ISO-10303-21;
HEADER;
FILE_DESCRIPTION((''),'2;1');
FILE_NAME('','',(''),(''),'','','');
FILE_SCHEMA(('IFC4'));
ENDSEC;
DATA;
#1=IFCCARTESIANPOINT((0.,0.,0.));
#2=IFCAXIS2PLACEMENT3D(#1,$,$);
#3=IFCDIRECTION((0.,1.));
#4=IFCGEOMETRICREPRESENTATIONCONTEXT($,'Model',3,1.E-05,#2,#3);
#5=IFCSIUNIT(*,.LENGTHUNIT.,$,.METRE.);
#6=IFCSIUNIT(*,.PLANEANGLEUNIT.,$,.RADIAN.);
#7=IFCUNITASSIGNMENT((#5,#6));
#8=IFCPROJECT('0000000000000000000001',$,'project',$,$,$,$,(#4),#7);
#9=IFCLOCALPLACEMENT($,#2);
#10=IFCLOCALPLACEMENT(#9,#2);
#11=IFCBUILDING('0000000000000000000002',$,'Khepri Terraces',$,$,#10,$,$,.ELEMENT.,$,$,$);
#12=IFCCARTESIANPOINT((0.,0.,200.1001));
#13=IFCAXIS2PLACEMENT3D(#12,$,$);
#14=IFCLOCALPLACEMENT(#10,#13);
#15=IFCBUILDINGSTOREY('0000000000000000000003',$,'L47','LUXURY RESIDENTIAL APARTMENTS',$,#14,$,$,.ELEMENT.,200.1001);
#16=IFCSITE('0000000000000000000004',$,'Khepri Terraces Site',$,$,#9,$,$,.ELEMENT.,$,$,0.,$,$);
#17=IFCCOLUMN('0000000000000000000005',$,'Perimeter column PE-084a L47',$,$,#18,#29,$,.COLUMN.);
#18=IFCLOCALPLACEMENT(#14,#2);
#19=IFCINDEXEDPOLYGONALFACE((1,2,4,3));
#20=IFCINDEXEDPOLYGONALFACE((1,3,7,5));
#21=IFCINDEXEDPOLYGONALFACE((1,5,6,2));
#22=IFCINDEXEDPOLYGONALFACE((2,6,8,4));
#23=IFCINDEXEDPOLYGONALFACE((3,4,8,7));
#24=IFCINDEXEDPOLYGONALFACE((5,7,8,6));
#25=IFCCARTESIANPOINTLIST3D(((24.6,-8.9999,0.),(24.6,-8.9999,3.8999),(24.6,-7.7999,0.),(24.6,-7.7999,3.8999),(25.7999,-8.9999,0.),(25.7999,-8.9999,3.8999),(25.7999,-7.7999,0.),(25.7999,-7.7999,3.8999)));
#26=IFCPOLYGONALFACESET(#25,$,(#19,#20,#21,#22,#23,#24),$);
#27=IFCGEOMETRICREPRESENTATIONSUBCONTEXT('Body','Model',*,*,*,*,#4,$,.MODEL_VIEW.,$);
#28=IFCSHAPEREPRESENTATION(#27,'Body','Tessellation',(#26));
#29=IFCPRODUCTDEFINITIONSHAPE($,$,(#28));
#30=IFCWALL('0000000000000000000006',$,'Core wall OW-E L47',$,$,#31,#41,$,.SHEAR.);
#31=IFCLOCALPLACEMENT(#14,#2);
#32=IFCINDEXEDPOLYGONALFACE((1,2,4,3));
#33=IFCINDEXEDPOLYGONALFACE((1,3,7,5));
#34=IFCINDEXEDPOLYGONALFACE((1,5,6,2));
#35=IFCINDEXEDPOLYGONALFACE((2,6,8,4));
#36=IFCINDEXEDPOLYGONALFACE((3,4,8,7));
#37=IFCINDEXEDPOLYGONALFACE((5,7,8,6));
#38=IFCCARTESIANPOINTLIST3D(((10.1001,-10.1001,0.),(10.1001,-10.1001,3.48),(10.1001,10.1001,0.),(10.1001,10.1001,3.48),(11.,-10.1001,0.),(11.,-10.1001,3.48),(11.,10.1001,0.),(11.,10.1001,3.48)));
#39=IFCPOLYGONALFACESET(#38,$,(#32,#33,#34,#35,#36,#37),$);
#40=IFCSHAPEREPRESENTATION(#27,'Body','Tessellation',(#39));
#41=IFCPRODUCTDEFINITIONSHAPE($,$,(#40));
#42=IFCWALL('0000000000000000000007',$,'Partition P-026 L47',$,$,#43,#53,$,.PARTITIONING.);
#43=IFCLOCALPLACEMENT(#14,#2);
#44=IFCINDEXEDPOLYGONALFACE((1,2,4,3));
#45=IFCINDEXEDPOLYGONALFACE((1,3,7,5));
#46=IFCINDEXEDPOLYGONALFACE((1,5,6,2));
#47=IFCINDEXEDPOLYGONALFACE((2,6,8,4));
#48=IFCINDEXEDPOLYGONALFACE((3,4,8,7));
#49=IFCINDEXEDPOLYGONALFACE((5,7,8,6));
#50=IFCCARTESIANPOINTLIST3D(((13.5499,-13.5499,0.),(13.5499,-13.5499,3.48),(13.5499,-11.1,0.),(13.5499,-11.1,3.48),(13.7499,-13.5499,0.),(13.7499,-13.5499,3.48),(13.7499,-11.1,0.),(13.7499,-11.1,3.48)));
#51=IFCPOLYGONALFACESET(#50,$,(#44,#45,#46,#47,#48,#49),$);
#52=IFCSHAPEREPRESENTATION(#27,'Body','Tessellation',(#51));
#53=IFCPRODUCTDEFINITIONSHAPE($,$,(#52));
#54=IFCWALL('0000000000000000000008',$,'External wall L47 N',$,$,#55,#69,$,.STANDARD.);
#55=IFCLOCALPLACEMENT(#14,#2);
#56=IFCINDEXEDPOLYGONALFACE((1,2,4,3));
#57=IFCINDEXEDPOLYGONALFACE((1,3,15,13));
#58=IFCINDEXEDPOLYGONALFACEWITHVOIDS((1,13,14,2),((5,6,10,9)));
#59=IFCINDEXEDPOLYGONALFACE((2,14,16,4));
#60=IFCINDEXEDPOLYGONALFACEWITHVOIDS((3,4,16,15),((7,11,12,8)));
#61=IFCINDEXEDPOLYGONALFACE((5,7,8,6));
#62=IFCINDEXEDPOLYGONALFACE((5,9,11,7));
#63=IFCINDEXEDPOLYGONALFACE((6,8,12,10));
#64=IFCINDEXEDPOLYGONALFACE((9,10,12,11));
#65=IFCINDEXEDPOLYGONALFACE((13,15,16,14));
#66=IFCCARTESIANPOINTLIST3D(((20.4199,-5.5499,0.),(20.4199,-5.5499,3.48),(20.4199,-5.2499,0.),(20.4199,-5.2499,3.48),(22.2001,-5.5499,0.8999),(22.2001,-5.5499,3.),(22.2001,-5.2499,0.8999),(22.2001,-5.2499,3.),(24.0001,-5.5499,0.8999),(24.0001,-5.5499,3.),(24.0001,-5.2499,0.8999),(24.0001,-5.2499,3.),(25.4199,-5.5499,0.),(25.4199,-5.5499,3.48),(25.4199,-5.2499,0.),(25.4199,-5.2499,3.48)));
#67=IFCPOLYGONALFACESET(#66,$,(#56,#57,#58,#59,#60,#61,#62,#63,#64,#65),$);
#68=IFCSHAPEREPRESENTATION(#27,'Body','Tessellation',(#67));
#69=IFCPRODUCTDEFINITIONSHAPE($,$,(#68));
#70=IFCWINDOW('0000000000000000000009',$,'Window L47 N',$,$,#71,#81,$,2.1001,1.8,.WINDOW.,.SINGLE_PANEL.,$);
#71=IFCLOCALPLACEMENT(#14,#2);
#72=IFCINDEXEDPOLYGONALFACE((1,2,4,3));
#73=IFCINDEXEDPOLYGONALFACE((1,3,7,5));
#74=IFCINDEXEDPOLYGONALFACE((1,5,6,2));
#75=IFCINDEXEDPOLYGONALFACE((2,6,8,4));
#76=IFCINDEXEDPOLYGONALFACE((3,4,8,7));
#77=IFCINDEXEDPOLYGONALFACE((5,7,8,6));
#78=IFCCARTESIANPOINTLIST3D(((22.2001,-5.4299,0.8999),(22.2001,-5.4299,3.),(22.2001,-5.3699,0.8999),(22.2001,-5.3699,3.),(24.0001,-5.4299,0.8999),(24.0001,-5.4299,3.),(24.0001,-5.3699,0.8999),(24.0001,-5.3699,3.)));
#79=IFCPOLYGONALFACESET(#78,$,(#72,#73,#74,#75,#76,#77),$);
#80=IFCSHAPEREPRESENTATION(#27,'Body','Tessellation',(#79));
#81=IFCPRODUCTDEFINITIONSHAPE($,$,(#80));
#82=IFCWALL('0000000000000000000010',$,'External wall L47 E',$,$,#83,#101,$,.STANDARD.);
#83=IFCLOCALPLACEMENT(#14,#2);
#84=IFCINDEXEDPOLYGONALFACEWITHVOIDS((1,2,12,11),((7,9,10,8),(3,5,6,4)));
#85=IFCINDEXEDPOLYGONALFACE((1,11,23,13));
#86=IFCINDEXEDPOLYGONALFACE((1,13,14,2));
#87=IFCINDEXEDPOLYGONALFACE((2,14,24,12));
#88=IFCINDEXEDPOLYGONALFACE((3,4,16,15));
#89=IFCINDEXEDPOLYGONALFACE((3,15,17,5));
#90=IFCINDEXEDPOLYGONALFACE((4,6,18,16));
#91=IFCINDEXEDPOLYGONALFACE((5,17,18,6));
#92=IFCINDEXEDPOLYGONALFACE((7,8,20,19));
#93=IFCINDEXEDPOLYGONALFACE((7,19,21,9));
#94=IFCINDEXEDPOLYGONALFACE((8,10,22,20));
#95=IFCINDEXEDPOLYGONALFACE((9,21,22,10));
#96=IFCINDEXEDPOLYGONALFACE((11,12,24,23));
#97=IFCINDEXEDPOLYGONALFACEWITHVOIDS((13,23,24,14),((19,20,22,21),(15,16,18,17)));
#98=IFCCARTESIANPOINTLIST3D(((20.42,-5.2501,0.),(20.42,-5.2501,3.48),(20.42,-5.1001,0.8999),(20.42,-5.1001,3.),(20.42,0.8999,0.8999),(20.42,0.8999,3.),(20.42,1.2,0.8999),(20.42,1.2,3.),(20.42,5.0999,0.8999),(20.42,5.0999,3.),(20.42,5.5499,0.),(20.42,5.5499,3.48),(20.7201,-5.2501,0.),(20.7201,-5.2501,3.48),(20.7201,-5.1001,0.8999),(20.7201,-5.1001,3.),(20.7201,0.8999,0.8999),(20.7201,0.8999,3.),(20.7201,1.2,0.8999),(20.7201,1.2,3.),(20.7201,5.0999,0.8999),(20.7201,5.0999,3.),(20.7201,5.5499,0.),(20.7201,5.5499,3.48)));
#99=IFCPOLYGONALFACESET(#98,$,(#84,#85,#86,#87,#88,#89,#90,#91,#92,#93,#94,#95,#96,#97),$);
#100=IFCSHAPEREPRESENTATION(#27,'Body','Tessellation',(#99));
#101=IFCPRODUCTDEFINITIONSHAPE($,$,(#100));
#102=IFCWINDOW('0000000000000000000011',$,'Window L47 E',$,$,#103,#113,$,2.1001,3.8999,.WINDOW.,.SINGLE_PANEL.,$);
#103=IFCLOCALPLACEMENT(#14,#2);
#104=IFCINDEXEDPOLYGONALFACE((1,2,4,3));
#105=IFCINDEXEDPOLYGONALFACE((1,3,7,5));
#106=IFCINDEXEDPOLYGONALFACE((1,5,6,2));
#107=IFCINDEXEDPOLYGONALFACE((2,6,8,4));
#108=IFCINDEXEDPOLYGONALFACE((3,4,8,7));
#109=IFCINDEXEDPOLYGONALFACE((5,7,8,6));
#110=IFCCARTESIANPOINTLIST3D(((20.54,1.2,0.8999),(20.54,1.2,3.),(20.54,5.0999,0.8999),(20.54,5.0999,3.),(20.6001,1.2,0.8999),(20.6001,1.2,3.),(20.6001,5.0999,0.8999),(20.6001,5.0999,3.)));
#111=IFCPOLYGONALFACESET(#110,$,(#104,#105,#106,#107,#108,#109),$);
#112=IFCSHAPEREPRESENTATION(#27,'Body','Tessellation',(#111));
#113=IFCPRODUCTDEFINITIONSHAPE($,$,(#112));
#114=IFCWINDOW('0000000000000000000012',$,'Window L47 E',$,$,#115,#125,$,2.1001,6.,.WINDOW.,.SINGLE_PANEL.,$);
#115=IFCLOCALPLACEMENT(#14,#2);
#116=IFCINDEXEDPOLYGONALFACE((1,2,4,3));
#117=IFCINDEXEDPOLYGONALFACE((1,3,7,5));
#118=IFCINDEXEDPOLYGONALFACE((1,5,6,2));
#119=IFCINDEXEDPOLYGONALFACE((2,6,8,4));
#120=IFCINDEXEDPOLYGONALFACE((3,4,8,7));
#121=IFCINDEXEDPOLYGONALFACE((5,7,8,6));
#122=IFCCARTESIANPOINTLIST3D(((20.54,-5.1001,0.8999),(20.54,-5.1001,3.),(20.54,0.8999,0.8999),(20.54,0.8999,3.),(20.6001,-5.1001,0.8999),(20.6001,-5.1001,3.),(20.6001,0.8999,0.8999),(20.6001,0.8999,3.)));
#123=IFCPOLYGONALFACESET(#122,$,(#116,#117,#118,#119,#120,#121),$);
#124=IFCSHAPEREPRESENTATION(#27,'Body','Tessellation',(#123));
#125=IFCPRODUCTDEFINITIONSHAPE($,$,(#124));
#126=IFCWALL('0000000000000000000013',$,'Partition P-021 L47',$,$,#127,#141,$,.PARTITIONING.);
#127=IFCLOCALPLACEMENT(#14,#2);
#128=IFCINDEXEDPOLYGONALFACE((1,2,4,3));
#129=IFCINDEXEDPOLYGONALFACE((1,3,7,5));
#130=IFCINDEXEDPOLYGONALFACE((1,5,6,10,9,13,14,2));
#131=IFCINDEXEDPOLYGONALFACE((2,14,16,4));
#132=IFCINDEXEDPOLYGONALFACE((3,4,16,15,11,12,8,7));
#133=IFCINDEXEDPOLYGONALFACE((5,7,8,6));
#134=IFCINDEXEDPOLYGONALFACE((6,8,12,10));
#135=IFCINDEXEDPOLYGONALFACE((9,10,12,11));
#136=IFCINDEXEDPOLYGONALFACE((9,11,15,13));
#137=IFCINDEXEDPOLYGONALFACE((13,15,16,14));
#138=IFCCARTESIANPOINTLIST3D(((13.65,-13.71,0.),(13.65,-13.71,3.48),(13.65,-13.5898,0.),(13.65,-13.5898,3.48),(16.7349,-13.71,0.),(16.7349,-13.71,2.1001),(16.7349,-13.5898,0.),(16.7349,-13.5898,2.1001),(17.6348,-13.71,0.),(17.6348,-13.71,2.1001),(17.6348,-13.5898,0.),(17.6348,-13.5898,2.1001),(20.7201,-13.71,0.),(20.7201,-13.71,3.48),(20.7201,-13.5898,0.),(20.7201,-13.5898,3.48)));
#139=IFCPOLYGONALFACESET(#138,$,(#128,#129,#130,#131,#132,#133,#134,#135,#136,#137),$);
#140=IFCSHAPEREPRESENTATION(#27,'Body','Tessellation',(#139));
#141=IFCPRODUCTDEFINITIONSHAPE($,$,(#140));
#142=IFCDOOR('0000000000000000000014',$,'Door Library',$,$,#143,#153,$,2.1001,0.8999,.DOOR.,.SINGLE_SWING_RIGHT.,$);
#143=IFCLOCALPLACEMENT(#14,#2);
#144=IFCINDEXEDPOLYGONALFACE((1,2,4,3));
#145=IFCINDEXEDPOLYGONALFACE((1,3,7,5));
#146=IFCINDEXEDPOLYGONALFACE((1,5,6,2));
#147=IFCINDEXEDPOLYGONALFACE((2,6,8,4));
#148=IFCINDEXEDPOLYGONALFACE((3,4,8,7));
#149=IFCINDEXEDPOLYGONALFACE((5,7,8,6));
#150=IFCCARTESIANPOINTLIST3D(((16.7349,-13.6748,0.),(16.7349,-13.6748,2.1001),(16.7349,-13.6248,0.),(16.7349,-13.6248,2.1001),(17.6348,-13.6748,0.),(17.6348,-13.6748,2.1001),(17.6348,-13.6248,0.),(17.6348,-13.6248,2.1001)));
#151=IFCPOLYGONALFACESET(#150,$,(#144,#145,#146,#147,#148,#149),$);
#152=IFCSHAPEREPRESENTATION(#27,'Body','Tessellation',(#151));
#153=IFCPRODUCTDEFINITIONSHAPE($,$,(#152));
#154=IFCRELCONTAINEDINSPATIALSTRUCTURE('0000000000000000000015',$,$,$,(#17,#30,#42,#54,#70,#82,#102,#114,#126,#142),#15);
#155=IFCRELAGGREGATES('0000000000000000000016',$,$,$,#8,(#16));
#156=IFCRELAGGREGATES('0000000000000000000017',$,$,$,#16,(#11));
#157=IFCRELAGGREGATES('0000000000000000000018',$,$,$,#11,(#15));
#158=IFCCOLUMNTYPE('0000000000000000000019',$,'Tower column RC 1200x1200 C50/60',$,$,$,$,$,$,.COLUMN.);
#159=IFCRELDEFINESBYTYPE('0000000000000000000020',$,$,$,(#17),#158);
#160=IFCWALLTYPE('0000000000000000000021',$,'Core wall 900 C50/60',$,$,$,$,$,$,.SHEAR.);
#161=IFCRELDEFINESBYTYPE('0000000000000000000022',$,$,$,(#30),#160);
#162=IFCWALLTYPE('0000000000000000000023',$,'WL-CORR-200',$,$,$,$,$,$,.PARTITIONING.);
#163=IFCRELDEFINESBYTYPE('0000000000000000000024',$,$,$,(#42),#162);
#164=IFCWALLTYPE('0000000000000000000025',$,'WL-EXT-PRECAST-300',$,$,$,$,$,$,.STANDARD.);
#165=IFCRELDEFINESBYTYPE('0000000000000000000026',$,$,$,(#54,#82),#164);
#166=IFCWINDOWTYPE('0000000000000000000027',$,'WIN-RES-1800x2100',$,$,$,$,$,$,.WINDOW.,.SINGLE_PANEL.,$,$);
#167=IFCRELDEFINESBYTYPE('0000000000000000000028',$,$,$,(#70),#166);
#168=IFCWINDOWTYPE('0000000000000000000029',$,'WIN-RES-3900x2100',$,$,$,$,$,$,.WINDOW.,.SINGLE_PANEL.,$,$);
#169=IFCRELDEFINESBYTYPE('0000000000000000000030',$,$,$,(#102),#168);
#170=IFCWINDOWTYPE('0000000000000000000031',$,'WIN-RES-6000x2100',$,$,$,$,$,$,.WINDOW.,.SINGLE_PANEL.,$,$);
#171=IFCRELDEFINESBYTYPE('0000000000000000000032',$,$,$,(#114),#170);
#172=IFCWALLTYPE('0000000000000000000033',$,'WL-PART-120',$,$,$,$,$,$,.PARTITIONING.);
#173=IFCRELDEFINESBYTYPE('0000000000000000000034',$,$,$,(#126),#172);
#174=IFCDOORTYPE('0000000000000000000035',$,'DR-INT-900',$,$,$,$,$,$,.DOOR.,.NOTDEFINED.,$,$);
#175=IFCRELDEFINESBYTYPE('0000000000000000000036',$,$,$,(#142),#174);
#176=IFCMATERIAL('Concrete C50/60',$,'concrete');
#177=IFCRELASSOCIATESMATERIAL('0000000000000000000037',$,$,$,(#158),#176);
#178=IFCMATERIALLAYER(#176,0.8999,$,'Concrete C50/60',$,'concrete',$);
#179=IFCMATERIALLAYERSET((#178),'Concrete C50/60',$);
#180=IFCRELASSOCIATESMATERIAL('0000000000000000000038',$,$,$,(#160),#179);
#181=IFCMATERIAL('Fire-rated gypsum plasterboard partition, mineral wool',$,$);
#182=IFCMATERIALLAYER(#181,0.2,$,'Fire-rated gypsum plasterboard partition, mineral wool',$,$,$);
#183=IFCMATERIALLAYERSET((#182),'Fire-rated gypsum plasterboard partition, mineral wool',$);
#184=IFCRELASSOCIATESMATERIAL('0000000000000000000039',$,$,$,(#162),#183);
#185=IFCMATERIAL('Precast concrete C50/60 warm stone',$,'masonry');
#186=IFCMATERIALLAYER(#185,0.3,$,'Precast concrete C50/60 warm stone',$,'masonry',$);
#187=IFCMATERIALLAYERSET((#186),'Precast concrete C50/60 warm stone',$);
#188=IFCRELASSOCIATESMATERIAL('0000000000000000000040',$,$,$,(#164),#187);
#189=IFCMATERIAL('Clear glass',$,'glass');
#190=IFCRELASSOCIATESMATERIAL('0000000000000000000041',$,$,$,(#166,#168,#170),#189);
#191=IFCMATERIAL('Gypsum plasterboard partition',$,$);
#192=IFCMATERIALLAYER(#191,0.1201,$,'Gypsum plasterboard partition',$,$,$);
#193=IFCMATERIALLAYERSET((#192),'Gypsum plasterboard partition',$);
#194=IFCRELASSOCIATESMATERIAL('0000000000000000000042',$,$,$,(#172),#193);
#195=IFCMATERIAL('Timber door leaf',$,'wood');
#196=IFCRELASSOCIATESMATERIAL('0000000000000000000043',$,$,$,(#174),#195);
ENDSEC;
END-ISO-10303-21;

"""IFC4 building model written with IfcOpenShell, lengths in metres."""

from ifc_helpers import new_model, si_unit, direction, frame, frame_2d, origin, origin_2d, place, context, subcontext, project, spatial, rectangle, extrude, material, layer, layer_set, material_profile, profile_set, type_object, element, fill, save


model = new_model("IFC4")

# Units and contexts
model_context = context("Model", 3, precision=1e-05, world=origin(), true_north=direction((0.0, 1.0)))
body_context = subcontext(model_context, "Body", "Model", "MODEL_VIEW")
ifc_project = project(units=[si_unit("LENGTHUNIT", "METRE"), si_unit("PLANEANGLEUNIT", "RADIAN")], contexts=[model_context])

# Site, building, storey
site_placement = place(None, origin())
site = spatial("IfcSite", under=ifc_project, at=site_placement, Name="Khepri Terraces Site", CompositionType="ELEMENT", RefElevation=0.0)
building_placement = place(site_placement, origin())
building = spatial("IfcBuilding", under=site, at=building_placement, Name="Khepri Terraces", CompositionType="ELEMENT")
storey_placement = place(building_placement, frame((0.0, 0.0, 200.1001)))
storey = spatial("IfcBuildingStorey", under=building, at=storey_placement, Name="L47", Description="LUXURY RESIDENTIAL APARTMENTS", CompositionType="ELEMENT", Elevation=200.1001)

# Column
ifc_material_1 = material(Name="Concrete C50/60", Category="concrete")
ifc_material_profile = material_profile(ifc_material_1, rectangle(XDim=1.2, YDim=1.2, at=origin_2d()), Name="Concrete C50/60", Category="concrete")
ifc_profile_set = profile_set([ifc_material_profile], Name="Concrete C50/60")
column_type = type_object("IfcColumnType", Name="Tower column RC 1200x1200 C50/60", PredefinedType="COLUMN", material=ifc_profile_set)
column_placement = place(storey_placement, frame((25.2, -8.3999, 0.0), z_axis=(0.0, 0.0, 1.0), x_axis=(1.0, 0.0, 0.0)))
element("IfcColumn", 1, at=column_placement, inside=storey, type_object=column_type, Name="Perimeter column PE-084a L47", PredefinedType="COLUMN", context=body_context, shape_type="SweptSolid", body=[
    extrude(rectangle(XDim=1.2, YDim=1.2, at=origin_2d()), origin(), (0.0, 0.0, 1.0), 3.8999),
])

# Walls
ifc_layer_1 = layer(ifc_material_1, 0.8999, Name="Concrete C50/60", Category="concrete")
ifc_layer_set_1 = layer_set([ifc_layer_1], Name="Concrete C50/60")
wall_type_1 = type_object("IfcWallType", Name="Core wall 900 C50/60", PredefinedType="SHEAR", material=ifc_layer_set_1)
wall_1_placement = place(storey_placement, frame((10.55, -10.1001, 0.0), z_axis=(0.0, 0.0, 1.0), x_axis=(0.0, 1.0, 0.0)))
element("IfcWall", 2, at=wall_1_placement, inside=storey, type_object=wall_type_1, Name="Core wall OW-E L47", PredefinedType="SHEAR", context=body_context, shape_type="SweptSolid", body=[
    extrude(rectangle(XDim=20.2002, YDim=0.8999, at=frame_2d((10.1001, 0.0))), origin(), (0.0, 0.0, 1.0), 3.48),
])
ifc_material_2 = material(Name="Fire-rated gypsum plasterboard partition, mineral wool")
ifc_layer_2 = layer(ifc_material_2, 0.2, Name="Fire-rated gypsum plasterboard partition, mineral wool")
ifc_layer_set_2 = layer_set([ifc_layer_2], Name="Fire-rated gypsum plasterboard partition, mineral wool")
wall_type_2 = type_object("IfcWallType", Name="WL-CORR-200", PredefinedType="PARTITIONING", material=ifc_layer_set_2)
wall_2_placement = place(storey_placement, frame((13.6499, -13.55, 0.0), z_axis=(0.0, 0.0, 1.0), x_axis=(0.0, 1.0, 0.0)))
element("IfcWall", 3, at=wall_2_placement, inside=storey, type_object=wall_type_2, Name="Partition P-026 L47", PredefinedType="PARTITIONING", context=body_context, shape_type="SweptSolid", body=[
    extrude(rectangle(XDim=2.45, YDim=0.2, at=frame_2d((1.2251, 0.0))), origin(), (0.0, 0.0, 1.0), 3.48),
])

# Shared definitions
ifc_material_3 = material(Name="Precast concrete C50/60 warm stone", Category="masonry")
ifc_layer_3 = layer(ifc_material_3, 0.3, Name="Precast concrete C50/60 warm stone", Category="masonry")
ifc_layer_set_3 = layer_set([ifc_layer_3], Name="Precast concrete C50/60 warm stone")
wall_type_3 = type_object("IfcWallType", Name="WL-EXT-PRECAST-300", PredefinedType="STANDARD", material=ifc_layer_set_3)

# Wall, opening, window
wall_3_placement = place(storey_placement, frame((25.4199, -5.3999, 0.0), z_axis=(0.0, 0.0, 1.0), x_axis=(-1.0, 0.0, 0.0)))
wall_3 = element("IfcWall", 4, at=wall_3_placement, inside=storey, type_object=wall_type_3, Name="External wall L47 N", PredefinedType="STANDARD", context=body_context, shape_type="SweptSolid", body=[
    extrude(rectangle(XDim=5.0, YDim=0.3, at=frame_2d((2.5, 0.0))), origin(), (0.0, 0.0, 1.0), 3.48),
])
opening_1_placement = place(wall_3_placement, frame((1.4199, 0.0, 0.8999)))
opening_1 = element("IfcOpeningElement", 5, at=opening_1_placement, cuts=wall_3, PredefinedType="OPENING", context=body_context, shape_type="SweptSolid", body=[
    extrude(rectangle(XDim=1.8, YDim=2.1001, at=frame_2d((0.8999, 1.05))), frame((0.0, 0.1602, 0.0), z_axis=(0.0, -1.0, 0.0), x_axis=(1.0, 0.0, 0.0)), (0.0, 0.0, 1.0), 0.3201),
])
ifc_material_4 = material(Name="Clear glass", Category="glass")
window_type_1 = type_object("IfcWindowType", Name="WIN-RES-1800x2100", PartitioningType="SINGLE_PANEL", PredefinedType="WINDOW", material=ifc_material_4)
window_1_placement = place(opening_1_placement, origin())
window_1 = element("IfcWindow", 6, at=window_1_placement, inside=storey, type_object=window_type_1, Name="Window L47 N", OverallHeight=2.1001, OverallWidth=1.8, PartitioningType="SINGLE_PANEL", PredefinedType="WINDOW", context=body_context, shape_type="SweptSolid", body=[
    extrude(rectangle(XDim=1.8, YDim=2.1001, at=frame_2d((0.8999, 1.05))), frame((0.0, 0.03, 0.0), z_axis=(0.0, -1.0, 0.0), x_axis=(1.0, 0.0, 0.0)), (0.0, 0.0, 1.0), 0.0601),
])
fill(opening_1, window_1)

# Wall, openings, windows
wall_4_placement = place(storey_placement, frame((20.5701, -5.25, 0.0), z_axis=(0.0, 0.0, 1.0), x_axis=(0.0, 1.0, 0.0)))
wall_4 = element("IfcWall", 7, at=wall_4_placement, inside=storey, type_object=wall_type_3, Name="External wall L47 E", PredefinedType="STANDARD", context=body_context, shape_type="SweptSolid", body=[
    extrude(rectangle(XDim=10.8, YDim=0.3, at=frame_2d((5.3999, 0.0))), origin(), (0.0, 0.0, 1.0), 3.48),
])
opening_2_placement = place(wall_4_placement, frame((0.1499, 0.0, 0.8999)))
opening_2 = element("IfcOpeningElement", 8, at=opening_2_placement, cuts=wall_4, PredefinedType="OPENING", context=body_context, shape_type="SweptSolid", body=[
    extrude(rectangle(XDim=6.0, YDim=2.1001, at=frame_2d((3.0, 1.05))), frame((0.0, 0.1602, 0.0), z_axis=(0.0, -1.0, 0.0), x_axis=(1.0, 0.0, 0.0)), (0.0, 0.0, 1.0), 0.3201),
])
opening_3_placement = place(wall_4_placement, frame((6.45, 0.0, 0.8999)))
opening_3 = element("IfcOpeningElement", 9, at=opening_3_placement, cuts=wall_4, PredefinedType="OPENING", context=body_context, shape_type="SweptSolid", body=[
    extrude(rectangle(XDim=3.8999, YDim=2.1001, at=frame_2d((1.95, 1.05))), frame((0.0, 0.1602, 0.0), z_axis=(0.0, -1.0, 0.0), x_axis=(1.0, 0.0, 0.0)), (0.0, 0.0, 1.0), 0.3201),
])
window_type_2 = type_object("IfcWindowType", Name="WIN-RES-3900x2100", PartitioningType="SINGLE_PANEL", PredefinedType="WINDOW", material=ifc_material_4)
window_2_placement = place(opening_3_placement, origin())
window_2 = element("IfcWindow", 10, at=window_2_placement, inside=storey, type_object=window_type_2, Name="Window L47 E", OverallHeight=2.1001, OverallWidth=3.8999, PartitioningType="SINGLE_PANEL", PredefinedType="WINDOW", context=body_context, shape_type="SweptSolid", body=[
    extrude(rectangle(XDim=3.8999, YDim=2.1001, at=frame_2d((1.95, 1.05))), frame((0.0, 0.03, 0.0), z_axis=(0.0, -1.0, 0.0), x_axis=(1.0, 0.0, 0.0)), (0.0, 0.0, 1.0), 0.0601),
])
fill(opening_3, window_2)
window_type_3 = type_object("IfcWindowType", Name="WIN-RES-6000x2100", PartitioningType="SINGLE_PANEL", PredefinedType="WINDOW", material=ifc_material_4)
window_3_placement = place(opening_2_placement, origin())
window_3 = element("IfcWindow", 11, at=window_3_placement, inside=storey, type_object=window_type_3, Name="Window L47 E", OverallHeight=2.1001, OverallWidth=6.0, PartitioningType="SINGLE_PANEL", PredefinedType="WINDOW", context=body_context, shape_type="SweptSolid", body=[
    extrude(rectangle(XDim=6.0, YDim=2.1001, at=frame_2d((3.0, 1.05))), frame((0.0, 0.03, 0.0), z_axis=(0.0, -1.0, 0.0), x_axis=(1.0, 0.0, 0.0)), (0.0, 0.0, 1.0), 0.0601),
])
fill(opening_2, window_3)

# Wall, opening, door
ifc_material_5 = material(Name="Gypsum plasterboard partition")
ifc_layer_4 = layer(ifc_material_5, 0.1201, Name="Gypsum plasterboard partition")
ifc_layer_set_4 = layer_set([ifc_layer_4], Name="Gypsum plasterboard partition")
wall_type_4 = type_object("IfcWallType", Name="WL-PART-120", PredefinedType="PARTITIONING", material=ifc_layer_set_4)
wall_5_placement = place(storey_placement, frame((13.6499, -13.6499, 0.0), z_axis=(0.0, 0.0, 1.0), x_axis=(1.0, 0.0, 0.0)))
wall_5 = element("IfcWall", 12, at=wall_5_placement, inside=storey, type_object=wall_type_4, Name="Partition P-021 L47", PredefinedType="PARTITIONING", context=body_context, shape_type="SweptSolid", body=[
    extrude(rectangle(XDim=7.0701, YDim=0.1201, at=frame_2d((3.5352, 0.0))), origin(), (0.0, 0.0, 1.0), 3.48),
])
opening_4_placement = place(wall_5_placement, frame((3.085, 0.0, 0.0)))
opening_4 = element("IfcOpeningElement", 13, at=opening_4_placement, cuts=wall_5, PredefinedType="OPENING", context=body_context, shape_type="SweptSolid", body=[
    extrude(rectangle(XDim=0.8999, YDim=2.1001, at=frame_2d((0.45, 1.05))), frame((0.0, 0.0701, 0.0), z_axis=(0.0, -1.0, 0.0), x_axis=(1.0, 0.0, 0.0)), (0.0, 0.0, 1.0), 0.1401),
])
ifc_material_6 = material(Name="Timber door leaf", Category="wood")
door_type_1 = type_object("IfcDoorType", Name="DR-INT-900", OperationType="NOTDEFINED", PredefinedType="DOOR", material=ifc_material_6)
door_1_placement = place(opening_4_placement, frame((0.8999, 0.0, 0.0), z_axis=(0.0, 0.0, 1.0), x_axis=(-1.0, 0.0, 0.0)))
door_1 = element("IfcDoor", 14, at=door_1_placement, inside=storey, type_object=door_type_1, Name="Door Library", OperationType="SINGLE_SWING_RIGHT", OverallHeight=2.1001, OverallWidth=0.8999, PredefinedType="DOOR", context=body_context, shape_type="SweptSolid", body=[
    extrude(rectangle(XDim=0.8999, YDim=2.1001, at=frame_2d((0.45, 1.05))), frame((0.0, 0.0249, 0.0), z_axis=(0.0, -1.0, 0.0), x_axis=(1.0, 0.0, 0.0)), (0.0, 0.0, 1.0), 0.05),
])
fill(opening_4, door_1)

save(model, "model.ifc")
